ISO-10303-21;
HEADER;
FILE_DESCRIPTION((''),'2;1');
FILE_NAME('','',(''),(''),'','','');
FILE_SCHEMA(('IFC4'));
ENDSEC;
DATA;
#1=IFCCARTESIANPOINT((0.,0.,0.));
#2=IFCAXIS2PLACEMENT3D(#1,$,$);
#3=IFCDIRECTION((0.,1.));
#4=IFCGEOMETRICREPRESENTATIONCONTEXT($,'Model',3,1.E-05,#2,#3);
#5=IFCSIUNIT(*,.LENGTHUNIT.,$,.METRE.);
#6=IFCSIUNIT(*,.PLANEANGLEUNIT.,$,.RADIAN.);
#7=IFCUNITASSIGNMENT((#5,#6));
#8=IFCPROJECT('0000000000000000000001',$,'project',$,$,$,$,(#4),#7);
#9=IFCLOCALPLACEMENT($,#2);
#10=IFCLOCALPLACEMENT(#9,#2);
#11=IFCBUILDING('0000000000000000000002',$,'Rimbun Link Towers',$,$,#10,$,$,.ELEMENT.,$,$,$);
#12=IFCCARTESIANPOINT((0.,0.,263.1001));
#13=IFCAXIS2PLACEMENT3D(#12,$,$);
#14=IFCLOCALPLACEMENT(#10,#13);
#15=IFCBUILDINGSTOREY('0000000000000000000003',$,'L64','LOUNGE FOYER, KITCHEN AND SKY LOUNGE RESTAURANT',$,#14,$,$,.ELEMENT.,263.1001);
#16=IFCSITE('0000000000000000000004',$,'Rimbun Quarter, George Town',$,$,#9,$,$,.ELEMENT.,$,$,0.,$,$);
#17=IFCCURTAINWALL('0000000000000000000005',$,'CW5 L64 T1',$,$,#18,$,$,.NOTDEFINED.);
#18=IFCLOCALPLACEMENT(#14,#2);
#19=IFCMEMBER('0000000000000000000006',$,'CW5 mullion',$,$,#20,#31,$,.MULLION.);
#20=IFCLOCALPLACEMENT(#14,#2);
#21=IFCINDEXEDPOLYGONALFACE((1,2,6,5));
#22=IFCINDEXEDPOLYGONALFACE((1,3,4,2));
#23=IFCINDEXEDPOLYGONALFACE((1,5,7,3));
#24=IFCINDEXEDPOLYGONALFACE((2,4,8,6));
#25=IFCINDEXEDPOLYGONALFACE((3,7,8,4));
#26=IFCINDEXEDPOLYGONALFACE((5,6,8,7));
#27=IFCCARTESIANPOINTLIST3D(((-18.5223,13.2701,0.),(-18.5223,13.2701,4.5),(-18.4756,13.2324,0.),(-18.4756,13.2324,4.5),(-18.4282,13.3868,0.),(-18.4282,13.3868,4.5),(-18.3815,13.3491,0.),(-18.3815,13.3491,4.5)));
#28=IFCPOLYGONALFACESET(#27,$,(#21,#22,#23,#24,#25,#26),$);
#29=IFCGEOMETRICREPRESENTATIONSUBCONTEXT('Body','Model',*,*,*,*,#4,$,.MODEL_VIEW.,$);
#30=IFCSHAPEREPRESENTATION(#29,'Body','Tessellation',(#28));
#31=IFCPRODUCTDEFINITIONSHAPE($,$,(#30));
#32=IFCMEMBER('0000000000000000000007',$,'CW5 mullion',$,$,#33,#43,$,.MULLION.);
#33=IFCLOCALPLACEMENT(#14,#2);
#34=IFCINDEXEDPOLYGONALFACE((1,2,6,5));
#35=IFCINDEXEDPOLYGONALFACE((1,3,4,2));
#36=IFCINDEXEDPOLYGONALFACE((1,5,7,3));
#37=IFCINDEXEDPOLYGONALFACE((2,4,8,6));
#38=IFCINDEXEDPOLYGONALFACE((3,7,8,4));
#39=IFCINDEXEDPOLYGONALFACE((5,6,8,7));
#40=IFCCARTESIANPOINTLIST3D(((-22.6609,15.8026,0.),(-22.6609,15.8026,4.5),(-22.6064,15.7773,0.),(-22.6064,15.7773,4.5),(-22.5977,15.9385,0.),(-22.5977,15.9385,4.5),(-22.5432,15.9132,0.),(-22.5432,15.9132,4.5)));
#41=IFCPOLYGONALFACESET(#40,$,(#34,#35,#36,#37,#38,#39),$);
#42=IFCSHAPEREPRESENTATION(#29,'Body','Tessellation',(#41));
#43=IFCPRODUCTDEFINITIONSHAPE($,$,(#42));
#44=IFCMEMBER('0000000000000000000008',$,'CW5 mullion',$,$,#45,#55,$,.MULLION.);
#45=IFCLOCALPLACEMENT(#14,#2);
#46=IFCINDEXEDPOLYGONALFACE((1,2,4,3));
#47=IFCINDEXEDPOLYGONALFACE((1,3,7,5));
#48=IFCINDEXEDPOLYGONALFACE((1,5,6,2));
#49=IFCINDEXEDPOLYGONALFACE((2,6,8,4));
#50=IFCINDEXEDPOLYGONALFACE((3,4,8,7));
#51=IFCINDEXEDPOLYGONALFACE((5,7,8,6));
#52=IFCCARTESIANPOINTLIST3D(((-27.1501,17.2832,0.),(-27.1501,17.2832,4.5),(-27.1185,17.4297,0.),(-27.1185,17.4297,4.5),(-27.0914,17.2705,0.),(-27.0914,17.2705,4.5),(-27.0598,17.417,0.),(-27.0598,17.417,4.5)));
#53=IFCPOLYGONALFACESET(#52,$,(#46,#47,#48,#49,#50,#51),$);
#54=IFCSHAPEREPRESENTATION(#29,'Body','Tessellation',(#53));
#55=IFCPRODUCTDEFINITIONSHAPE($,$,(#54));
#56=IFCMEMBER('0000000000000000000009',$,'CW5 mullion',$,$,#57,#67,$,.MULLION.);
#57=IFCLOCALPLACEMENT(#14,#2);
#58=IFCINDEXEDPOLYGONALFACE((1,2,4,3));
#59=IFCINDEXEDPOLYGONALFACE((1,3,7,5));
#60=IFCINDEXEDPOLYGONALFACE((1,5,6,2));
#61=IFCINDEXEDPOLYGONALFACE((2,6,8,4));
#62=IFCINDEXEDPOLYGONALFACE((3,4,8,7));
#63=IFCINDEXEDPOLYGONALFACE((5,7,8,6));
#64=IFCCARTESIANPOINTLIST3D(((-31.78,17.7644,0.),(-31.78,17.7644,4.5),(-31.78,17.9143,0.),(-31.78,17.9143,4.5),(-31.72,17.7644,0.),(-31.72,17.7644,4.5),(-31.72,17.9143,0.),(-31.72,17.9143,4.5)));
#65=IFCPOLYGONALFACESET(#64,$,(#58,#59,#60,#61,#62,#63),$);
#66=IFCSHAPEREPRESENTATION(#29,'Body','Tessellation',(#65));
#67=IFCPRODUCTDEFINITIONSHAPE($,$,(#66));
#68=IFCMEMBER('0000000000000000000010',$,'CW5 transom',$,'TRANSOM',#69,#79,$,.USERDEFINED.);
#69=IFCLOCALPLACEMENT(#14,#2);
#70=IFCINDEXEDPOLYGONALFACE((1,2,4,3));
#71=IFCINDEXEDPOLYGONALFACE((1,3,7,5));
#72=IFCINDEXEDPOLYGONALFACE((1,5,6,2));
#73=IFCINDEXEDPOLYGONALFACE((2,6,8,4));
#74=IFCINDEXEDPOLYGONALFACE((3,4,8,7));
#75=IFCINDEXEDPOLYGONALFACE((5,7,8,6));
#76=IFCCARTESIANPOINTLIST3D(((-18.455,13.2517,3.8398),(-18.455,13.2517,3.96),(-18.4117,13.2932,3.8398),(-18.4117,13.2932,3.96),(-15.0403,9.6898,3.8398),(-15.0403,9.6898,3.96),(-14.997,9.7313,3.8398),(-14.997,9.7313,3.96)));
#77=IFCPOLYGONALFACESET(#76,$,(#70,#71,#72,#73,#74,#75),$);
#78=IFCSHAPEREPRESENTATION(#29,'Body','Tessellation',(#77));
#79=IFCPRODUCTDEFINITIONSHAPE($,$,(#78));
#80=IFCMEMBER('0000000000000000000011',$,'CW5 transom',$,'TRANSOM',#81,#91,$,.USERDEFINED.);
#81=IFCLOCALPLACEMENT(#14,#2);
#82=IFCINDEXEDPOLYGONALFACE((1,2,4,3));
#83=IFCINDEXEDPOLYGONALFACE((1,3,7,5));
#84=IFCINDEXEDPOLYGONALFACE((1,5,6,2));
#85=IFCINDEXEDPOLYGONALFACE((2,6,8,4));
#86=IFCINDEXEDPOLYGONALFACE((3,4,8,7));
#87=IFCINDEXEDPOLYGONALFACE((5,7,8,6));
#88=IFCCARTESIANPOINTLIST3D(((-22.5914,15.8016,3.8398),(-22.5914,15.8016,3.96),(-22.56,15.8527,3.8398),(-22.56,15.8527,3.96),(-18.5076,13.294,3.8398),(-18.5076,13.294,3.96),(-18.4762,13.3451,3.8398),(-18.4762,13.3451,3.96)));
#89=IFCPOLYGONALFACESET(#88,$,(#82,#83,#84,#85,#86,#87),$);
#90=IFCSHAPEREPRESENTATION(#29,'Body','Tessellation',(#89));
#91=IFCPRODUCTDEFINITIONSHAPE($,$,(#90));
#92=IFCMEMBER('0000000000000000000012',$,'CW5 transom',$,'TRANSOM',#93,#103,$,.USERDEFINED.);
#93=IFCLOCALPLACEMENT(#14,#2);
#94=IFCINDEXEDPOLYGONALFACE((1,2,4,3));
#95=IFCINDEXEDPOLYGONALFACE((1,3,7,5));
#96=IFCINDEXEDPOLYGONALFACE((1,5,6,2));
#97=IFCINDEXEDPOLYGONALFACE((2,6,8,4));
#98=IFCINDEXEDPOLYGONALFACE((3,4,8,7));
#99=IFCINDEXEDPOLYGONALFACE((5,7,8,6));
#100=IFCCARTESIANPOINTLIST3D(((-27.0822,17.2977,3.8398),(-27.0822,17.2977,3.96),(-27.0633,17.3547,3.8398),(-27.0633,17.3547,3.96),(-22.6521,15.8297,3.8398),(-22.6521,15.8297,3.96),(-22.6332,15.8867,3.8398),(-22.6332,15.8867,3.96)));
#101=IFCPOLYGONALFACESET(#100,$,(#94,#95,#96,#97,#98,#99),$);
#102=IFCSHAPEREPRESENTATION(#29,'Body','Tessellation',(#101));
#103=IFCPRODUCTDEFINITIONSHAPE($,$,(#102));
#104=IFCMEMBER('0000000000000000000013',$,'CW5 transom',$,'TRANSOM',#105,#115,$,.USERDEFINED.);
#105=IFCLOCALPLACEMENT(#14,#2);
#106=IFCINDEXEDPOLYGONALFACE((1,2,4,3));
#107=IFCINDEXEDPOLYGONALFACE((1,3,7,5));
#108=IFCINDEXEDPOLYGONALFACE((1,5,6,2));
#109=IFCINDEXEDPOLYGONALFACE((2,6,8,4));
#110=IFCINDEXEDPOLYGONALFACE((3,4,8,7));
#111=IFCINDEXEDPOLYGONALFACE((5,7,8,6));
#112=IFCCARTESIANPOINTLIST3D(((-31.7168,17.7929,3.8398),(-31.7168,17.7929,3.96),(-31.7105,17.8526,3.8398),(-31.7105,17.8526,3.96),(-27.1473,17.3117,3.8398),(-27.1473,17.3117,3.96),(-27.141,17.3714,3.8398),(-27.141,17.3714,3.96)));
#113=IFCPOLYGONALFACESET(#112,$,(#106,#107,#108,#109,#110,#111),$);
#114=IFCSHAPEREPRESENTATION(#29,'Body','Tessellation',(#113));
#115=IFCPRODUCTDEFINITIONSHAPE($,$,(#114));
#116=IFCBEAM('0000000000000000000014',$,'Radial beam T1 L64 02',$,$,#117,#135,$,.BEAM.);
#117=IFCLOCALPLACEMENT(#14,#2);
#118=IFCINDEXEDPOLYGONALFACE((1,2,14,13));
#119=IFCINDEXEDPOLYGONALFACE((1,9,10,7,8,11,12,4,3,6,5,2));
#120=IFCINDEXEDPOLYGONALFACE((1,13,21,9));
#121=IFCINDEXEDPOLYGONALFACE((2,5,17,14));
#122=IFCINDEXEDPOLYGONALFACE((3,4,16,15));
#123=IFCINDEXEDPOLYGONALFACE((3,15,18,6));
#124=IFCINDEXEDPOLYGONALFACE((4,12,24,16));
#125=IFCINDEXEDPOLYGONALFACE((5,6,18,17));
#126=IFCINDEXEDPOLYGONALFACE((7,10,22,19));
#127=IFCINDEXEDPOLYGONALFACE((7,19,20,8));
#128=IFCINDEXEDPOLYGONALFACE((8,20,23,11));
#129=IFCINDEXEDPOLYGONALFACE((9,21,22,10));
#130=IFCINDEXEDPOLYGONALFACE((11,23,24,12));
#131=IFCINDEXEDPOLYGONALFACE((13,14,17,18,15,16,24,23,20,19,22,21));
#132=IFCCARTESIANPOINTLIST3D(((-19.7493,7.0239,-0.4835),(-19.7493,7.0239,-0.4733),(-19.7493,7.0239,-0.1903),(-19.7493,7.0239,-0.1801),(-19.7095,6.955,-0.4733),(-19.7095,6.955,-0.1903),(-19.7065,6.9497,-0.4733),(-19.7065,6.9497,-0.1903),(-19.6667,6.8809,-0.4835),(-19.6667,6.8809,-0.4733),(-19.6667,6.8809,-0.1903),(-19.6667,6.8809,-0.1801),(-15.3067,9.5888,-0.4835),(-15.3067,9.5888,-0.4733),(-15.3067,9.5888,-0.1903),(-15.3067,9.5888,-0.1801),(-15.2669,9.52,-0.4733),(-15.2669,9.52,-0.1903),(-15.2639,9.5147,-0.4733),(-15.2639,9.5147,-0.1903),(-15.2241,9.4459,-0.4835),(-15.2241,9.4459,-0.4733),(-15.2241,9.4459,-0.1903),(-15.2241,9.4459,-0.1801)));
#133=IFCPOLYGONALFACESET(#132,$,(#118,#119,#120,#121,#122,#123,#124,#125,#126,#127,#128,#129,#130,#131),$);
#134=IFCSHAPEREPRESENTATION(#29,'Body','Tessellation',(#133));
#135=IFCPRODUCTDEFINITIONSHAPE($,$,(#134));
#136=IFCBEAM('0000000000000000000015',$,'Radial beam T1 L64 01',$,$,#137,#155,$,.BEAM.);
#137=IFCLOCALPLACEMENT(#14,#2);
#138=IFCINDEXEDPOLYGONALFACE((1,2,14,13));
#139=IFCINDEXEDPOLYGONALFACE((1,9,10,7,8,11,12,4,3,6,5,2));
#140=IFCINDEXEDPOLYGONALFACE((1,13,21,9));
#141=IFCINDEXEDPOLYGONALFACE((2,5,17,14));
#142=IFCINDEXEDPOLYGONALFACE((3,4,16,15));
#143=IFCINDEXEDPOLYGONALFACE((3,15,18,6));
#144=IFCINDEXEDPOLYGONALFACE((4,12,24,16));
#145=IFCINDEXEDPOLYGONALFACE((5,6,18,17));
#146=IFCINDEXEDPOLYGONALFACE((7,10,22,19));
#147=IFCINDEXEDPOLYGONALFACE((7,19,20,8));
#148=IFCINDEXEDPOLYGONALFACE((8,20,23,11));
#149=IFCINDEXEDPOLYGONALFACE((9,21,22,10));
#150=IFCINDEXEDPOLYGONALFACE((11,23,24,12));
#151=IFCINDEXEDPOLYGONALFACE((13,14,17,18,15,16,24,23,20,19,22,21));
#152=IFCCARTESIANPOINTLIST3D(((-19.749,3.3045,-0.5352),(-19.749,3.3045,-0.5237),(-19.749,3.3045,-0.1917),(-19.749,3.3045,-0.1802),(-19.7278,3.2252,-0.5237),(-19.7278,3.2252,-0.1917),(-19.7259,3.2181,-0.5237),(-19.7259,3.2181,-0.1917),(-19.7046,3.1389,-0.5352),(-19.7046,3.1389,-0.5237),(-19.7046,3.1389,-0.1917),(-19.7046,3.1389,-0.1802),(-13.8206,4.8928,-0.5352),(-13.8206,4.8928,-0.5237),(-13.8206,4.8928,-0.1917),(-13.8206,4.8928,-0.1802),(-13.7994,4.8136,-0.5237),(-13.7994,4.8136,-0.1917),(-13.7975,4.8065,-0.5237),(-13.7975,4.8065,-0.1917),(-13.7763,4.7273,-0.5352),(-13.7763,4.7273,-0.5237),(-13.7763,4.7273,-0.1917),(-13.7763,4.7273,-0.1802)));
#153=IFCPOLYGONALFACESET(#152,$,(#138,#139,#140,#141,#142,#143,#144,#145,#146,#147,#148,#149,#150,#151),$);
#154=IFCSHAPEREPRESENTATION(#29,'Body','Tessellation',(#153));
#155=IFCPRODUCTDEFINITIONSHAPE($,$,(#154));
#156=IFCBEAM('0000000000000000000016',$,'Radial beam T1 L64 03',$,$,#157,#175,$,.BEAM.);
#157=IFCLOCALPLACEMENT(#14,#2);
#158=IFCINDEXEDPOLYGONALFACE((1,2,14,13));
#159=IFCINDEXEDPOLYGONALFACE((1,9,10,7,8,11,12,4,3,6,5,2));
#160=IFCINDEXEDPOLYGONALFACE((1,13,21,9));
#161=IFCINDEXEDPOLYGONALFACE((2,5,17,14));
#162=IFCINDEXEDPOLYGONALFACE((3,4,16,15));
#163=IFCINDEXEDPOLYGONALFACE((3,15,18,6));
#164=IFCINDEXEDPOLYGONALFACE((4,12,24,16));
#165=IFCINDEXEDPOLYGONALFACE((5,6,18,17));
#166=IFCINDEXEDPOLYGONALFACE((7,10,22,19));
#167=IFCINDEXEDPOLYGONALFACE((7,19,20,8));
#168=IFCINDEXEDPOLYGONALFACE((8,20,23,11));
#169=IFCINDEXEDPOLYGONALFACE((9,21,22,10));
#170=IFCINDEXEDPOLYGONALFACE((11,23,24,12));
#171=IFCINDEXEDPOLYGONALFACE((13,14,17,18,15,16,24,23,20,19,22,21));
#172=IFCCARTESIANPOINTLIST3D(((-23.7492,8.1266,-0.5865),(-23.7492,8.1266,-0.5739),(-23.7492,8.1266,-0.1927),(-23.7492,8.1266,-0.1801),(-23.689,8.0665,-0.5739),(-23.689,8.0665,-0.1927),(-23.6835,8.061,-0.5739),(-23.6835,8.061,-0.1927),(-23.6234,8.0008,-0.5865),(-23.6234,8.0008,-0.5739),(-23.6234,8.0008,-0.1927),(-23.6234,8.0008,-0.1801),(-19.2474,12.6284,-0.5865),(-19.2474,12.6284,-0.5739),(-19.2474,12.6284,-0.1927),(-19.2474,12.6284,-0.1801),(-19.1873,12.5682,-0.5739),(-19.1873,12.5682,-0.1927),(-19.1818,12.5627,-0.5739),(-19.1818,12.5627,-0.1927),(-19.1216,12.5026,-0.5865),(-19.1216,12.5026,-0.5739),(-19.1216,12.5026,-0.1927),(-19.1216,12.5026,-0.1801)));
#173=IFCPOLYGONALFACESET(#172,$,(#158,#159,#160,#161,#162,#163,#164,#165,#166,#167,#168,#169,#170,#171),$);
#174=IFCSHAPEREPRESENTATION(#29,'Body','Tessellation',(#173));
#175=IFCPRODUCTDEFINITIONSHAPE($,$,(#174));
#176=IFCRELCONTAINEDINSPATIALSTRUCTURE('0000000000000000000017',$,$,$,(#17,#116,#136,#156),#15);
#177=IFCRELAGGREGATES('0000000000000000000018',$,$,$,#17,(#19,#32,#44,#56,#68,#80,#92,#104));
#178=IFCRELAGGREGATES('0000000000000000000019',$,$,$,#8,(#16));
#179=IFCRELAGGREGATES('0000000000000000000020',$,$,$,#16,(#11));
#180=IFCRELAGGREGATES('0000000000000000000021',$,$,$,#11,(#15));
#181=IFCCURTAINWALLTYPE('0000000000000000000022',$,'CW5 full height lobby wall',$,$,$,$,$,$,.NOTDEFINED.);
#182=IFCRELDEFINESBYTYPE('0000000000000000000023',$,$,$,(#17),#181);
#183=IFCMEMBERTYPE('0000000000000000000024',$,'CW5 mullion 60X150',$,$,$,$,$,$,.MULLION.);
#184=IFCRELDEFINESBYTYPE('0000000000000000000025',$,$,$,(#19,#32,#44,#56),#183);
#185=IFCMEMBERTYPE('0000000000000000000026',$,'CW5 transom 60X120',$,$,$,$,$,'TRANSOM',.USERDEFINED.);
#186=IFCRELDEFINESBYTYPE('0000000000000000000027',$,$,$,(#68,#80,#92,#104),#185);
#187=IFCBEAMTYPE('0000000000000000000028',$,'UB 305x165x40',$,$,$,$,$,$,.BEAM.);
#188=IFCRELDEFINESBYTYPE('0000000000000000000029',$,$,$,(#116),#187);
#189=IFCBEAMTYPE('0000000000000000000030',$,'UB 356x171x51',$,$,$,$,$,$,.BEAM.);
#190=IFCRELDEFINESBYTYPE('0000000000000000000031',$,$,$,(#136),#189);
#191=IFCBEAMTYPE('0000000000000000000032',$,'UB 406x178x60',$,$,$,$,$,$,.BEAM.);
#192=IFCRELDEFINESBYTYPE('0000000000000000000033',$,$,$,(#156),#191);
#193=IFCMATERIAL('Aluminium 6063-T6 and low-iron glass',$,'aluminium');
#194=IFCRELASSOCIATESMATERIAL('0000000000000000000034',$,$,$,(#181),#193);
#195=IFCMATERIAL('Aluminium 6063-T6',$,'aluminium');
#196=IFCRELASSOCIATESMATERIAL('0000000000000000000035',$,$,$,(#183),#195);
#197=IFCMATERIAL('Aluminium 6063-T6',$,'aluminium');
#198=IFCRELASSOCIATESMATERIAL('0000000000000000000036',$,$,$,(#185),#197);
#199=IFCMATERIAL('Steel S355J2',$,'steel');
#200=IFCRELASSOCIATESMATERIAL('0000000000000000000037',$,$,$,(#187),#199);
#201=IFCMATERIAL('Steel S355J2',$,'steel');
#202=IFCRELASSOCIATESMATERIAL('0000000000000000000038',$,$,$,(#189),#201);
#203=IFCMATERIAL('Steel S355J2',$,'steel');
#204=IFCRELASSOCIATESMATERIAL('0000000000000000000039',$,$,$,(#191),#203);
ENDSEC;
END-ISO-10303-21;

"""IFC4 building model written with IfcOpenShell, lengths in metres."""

from ifc_helpers import new_model, si_unit, direction, frame, origin, origin_2d, place, context, subcontext, project, spatial, rectangle, i_section, extrude, material, material_profile, profile_set, type_object, element, aggregate, save


model = new_model("IFC4")

# Units and contexts
model_context = context("Model", 3, precision=1e-05, world=origin(), true_north=direction((0.0, 1.0)))
body_context = subcontext(model_context, "Body", "Model", "MODEL_VIEW")
ifc_project = project(units=[si_unit("LENGTHUNIT", "METRE"), si_unit("PLANEANGLEUNIT", "RADIAN")], contexts=[model_context])

# Site, building, storey
site_placement = place(None, origin())
site = spatial("IfcSite", under=ifc_project, at=site_placement, Name="Rimbun Quarter, George Town", CompositionType="ELEMENT", RefElevation=0.0)
building_placement = place(site_placement, origin())
building = spatial("IfcBuilding", under=site, at=building_placement, Name="Rimbun Link Towers", CompositionType="ELEMENT")
storey_placement = place(building_placement, frame((0.0, 0.0, 263.1001)))
storey = spatial("IfcBuildingStorey", under=building, at=storey_placement, Name="L64", Description="LOUNGE FOYER, KITCHEN AND SKY LOUNGE RESTAURANT", CompositionType="ELEMENT", Elevation=263.1001)

# Curtain wall, members
ifc_material_1 = material(Name="Aluminium 6063-T6 and low-iron glass", Category="aluminium")
curtain_wall_type = type_object("IfcCurtainWallType", Name="CW5 full height lobby wall", PredefinedType="NOTDEFINED", material=ifc_material_1)
curtain_wall_placement = place(storey_placement, origin())
curtain_wall = element("IfcCurtainWall", 1, at=curtain_wall_placement, inside=storey, type_object=curtain_wall_type, Name="CW5 L64 T1", PredefinedType="NOTDEFINED")
ifc_material_2 = material(Name="Aluminium 6063-T6", Category="aluminium")
ifc_material_profile_1 = material_profile(ifc_material_2, rectangle(XDim=0.1499, YDim=0.0601, at=origin_2d()), Name="MULLION 60X150")
ifc_profile_set_1 = profile_set([ifc_material_profile_1], Name="Aluminium 6063-T6")
member_type_1 = type_object("IfcMemberType", Name="CW5 mullion 60X150", PredefinedType="MULLION", material=ifc_profile_set_1)
member_1_placement = place(storey_placement, frame((-18.4519, 13.3096, 0.0), z_axis=(0.0, 0.0, 1.0), x_axis=(0.627674, 0.778476, 0.0)))
member_1 = element("IfcMember", 2, at=member_1_placement, type_object=member_type_1, Name="CW5 mullion", PredefinedType="MULLION", context=body_context, shape_type="SweptSolid", body=[
    extrude(rectangle(XDim=0.1499, YDim=0.0601, at=origin_2d()), origin(), (0.0, 0.0, 1.0), 4.5),
])
member_2_placement = place(storey_placement, frame((-22.6021, 15.8579, 0.0), z_axis=(0.0, 0.0, 1.0), x_axis=(0.421704, 0.906734, 0.0)))
member_2 = element("IfcMember", 3, at=member_2_placement, type_object=member_type_1, Name="CW5 mullion", PredefinedType="MULLION", context=body_context, shape_type="SweptSolid", body=[
    extrude(rectangle(XDim=0.1499, YDim=0.0601, at=origin_2d()), origin(), (0.0, 0.0, 1.0), 4.5),
])
member_3_placement = place(storey_placement, frame((-27.105, 17.3501, 0.0), z_axis=(0.0, 0.0, 1.0), x_axis=(0.210861, 0.977516, 0.0)))
member_3 = element("IfcMember", 4, at=member_3_placement, type_object=member_type_1, Name="CW5 mullion", PredefinedType="MULLION", context=body_context, shape_type="SweptSolid", body=[
    extrude(rectangle(XDim=0.1499, YDim=0.0601, at=origin_2d()), origin(), (0.0, 0.0, 1.0), 4.5),
])
member_4_placement = place(storey_placement, frame((-31.75, 17.8394, 0.0), z_axis=(0.0, 0.0, 1.0), x_axis=(0.0, 1.0, 0.0)))
member_4 = element("IfcMember", 5, at=member_4_placement, type_object=member_type_1, Name="CW5 mullion", PredefinedType="MULLION", context=body_context, shape_type="SweptSolid", body=[
    extrude(rectangle(XDim=0.1499, YDim=0.0601, at=origin_2d()), origin(), (0.0, 0.0, 1.0), 4.5),
])
ifc_material_3 = material(Name="Aluminium 6063-T6", Category="aluminium")
ifc_material_profile_2 = material_profile(ifc_material_3, rectangle(XDim=0.0601, YDim=0.1201, at=origin_2d()), Name="TRANSOM 60X120")
ifc_profile_set_2 = profile_set([ifc_material_profile_2], Name="Aluminium 6063-T6")
member_type_2 = type_object("IfcMemberType", Name="CW5 transom 60X120", ElementType="TRANSOM", PredefinedType="USERDEFINED", material=ifc_profile_set_2)
member_5_placement = place(storey_placement, frame((-18.4333, 13.2725, 3.8999), z_axis=(0.692032, -0.721867, 0.0), x_axis=(0.721867, 0.692032, 0.0)))
member_5 = element("IfcMember", 6, at=member_5_placement, type_object=member_type_2, Name="CW5 transom", ObjectType="TRANSOM", PredefinedType="USERDEFINED", context=body_context, shape_type="SweptSolid", body=[
    extrude(rectangle(XDim=0.0601, YDim=0.1201, at=origin_2d()), origin(), (0.0, 0.0, 1.0), 4.9343),
])
member_6_placement = place(storey_placement, frame((-22.5757, 15.8271, 3.8999), z_axis=(0.85217, -0.523264, 0.0), x_axis=(0.523264, 0.85217, 0.0)))
member_6 = element("IfcMember", 7, at=member_6_placement, type_object=member_type_2, Name="CW5 transom", ObjectType="TRANSOM", PredefinedType="USERDEFINED", context=body_context, shape_type="SweptSolid", body=[
    extrude(rectangle(XDim=0.0601, YDim=0.1201, at=origin_2d()), origin(), (0.0, 0.0, 1.0), 4.7922),
])
member_7_placement = place(storey_placement, frame((-27.0728, 17.3262, 3.8999), z_axis=(0.949242, -0.314548, 0.0), x_axis=(0.314548, 0.949242, 0.0)))
member_7 = element("IfcMember", 8, at=member_7_placement, type_object=member_type_2, Name="CW5 transom", ObjectType="TRANSOM", PredefinedType="USERDEFINED", context=body_context, shape_type="SweptSolid", body=[
    extrude(rectangle(XDim=0.0601, YDim=0.1201, at=origin_2d()), origin(), (0.0, 0.0, 1.0), 4.667),
])
member_8_placement = place(storey_placement, frame((-31.7136, 17.8228, 3.8999), z_axis=(0.994501, -0.104726, 0.0), x_axis=(0.104726, 0.994501, 0.0)))
member_8 = element("IfcMember", 9, at=member_8_placement, type_object=member_type_2, Name="CW5 transom", ObjectType="TRANSOM", PredefinedType="USERDEFINED", context=body_context, shape_type="SweptSolid", body=[
    extrude(rectangle(XDim=0.0601, YDim=0.1201, at=origin_2d()), origin(), (0.0, 0.0, 1.0), 4.5947),
])

# Beams
ifc_material_4 = material(Name="Steel S355J2", Category="steel")
ifc_material_profile_3 = material_profile(ifc_material_4, i_section(OverallWidth=0.165, OverallDepth=0.3035, WebThickness=0.0061, FlangeThickness=0.0103, at=origin_2d()), Name="UB 305x165x40")
ifc_profile_set_3 = profile_set([ifc_material_profile_3], Name="Steel S355J2")
beam_type_1 = type_object("IfcBeamType", Name="UB 305x165x40", PredefinedType="BEAM", material=ifc_profile_set_3)
beam_1_placement = place(storey_placement, frame((-19.708, 6.9524, -0.3318), z_axis=(0.866026, 0.499998, 0.0), x_axis=(-0.499998, 0.866026, 0.0)))
element("IfcBeam", 10, at=beam_1_placement, inside=storey, type_object=beam_type_1, Name="Radial beam T1 L64 02", PredefinedType="BEAM", context=body_context, shape_type="SweptSolid", body=[
    extrude(i_section(OverallWidth=0.165, OverallDepth=0.3035, WebThickness=0.0061, FlangeThickness=0.0103, at=origin_2d()), origin(), (0.0, 0.0, 1.0), 5.1299),
])
ifc_material_5 = material(Name="Steel S355J2", Category="steel")
ifc_material_profile_4 = material_profile(ifc_material_5, i_section(OverallWidth=0.1714, OverallDepth=0.355, WebThickness=0.0073, FlangeThickness=0.0115, at=origin_2d()), Name="UB 356x171x51")
ifc_profile_set_4 = profile_set([ifc_material_profile_4], Name="Steel S355J2")
beam_type_2 = type_object("IfcBeamType", Name="UB 356x171x51", PredefinedType="BEAM", material=ifc_profile_set_4)
beam_2_placement = place(storey_placement, frame((-19.7268, 3.2217, -0.3577), z_axis=(0.965932, 0.258796, 0.0), x_axis=(-0.258796, 0.965932, 0.0)))
element("IfcBeam", 11, at=beam_2_placement, inside=storey, type_object=beam_type_2, Name="Radial beam T1 L64 01", PredefinedType="BEAM", context=body_context, shape_type="SweptSolid", body=[
    extrude(i_section(OverallWidth=0.1714, OverallDepth=0.355, WebThickness=0.0073, FlangeThickness=0.0115, at=origin_2d()), origin(), (0.0, 0.0, 1.0), 6.1375),
])
ifc_material_6 = material(Name="Steel S355J2", Category="steel")
ifc_material_profile_5 = material_profile(ifc_material_6, i_section(OverallWidth=0.178, OverallDepth=0.4065, WebThickness=0.0078, FlangeThickness=0.0127, at=origin_2d()), Name="UB 406x178x60")
ifc_profile_set_5 = profile_set([ifc_material_profile_5], Name="Steel S355J2")
beam_type_3 = type_object("IfcBeamType", Name="UB 406x178x60", PredefinedType="BEAM", material=ifc_profile_set_5)
beam_3_placement = place(storey_placement, frame((-23.6863, 8.0637, -0.3833), z_axis=(0.707107, 0.707107, 0.0), x_axis=(-0.707107, 0.707107, 0.0)))
element("IfcBeam", 12, at=beam_3_placement, inside=storey, type_object=beam_type_3, Name="Radial beam T1 L64 03", PredefinedType="BEAM", context=body_context, shape_type="SweptSolid", body=[
    extrude(i_section(OverallWidth=0.178, OverallDepth=0.4065, WebThickness=0.0078, FlangeThickness=0.0127, at=origin_2d()), origin(), (0.0, 0.0, 1.0), 6.3665),
])

aggregate(curtain_wall, [member_1, member_2, member_3, member_4, member_5, member_6, member_7, member_8])

save(model, "model.ifc")
